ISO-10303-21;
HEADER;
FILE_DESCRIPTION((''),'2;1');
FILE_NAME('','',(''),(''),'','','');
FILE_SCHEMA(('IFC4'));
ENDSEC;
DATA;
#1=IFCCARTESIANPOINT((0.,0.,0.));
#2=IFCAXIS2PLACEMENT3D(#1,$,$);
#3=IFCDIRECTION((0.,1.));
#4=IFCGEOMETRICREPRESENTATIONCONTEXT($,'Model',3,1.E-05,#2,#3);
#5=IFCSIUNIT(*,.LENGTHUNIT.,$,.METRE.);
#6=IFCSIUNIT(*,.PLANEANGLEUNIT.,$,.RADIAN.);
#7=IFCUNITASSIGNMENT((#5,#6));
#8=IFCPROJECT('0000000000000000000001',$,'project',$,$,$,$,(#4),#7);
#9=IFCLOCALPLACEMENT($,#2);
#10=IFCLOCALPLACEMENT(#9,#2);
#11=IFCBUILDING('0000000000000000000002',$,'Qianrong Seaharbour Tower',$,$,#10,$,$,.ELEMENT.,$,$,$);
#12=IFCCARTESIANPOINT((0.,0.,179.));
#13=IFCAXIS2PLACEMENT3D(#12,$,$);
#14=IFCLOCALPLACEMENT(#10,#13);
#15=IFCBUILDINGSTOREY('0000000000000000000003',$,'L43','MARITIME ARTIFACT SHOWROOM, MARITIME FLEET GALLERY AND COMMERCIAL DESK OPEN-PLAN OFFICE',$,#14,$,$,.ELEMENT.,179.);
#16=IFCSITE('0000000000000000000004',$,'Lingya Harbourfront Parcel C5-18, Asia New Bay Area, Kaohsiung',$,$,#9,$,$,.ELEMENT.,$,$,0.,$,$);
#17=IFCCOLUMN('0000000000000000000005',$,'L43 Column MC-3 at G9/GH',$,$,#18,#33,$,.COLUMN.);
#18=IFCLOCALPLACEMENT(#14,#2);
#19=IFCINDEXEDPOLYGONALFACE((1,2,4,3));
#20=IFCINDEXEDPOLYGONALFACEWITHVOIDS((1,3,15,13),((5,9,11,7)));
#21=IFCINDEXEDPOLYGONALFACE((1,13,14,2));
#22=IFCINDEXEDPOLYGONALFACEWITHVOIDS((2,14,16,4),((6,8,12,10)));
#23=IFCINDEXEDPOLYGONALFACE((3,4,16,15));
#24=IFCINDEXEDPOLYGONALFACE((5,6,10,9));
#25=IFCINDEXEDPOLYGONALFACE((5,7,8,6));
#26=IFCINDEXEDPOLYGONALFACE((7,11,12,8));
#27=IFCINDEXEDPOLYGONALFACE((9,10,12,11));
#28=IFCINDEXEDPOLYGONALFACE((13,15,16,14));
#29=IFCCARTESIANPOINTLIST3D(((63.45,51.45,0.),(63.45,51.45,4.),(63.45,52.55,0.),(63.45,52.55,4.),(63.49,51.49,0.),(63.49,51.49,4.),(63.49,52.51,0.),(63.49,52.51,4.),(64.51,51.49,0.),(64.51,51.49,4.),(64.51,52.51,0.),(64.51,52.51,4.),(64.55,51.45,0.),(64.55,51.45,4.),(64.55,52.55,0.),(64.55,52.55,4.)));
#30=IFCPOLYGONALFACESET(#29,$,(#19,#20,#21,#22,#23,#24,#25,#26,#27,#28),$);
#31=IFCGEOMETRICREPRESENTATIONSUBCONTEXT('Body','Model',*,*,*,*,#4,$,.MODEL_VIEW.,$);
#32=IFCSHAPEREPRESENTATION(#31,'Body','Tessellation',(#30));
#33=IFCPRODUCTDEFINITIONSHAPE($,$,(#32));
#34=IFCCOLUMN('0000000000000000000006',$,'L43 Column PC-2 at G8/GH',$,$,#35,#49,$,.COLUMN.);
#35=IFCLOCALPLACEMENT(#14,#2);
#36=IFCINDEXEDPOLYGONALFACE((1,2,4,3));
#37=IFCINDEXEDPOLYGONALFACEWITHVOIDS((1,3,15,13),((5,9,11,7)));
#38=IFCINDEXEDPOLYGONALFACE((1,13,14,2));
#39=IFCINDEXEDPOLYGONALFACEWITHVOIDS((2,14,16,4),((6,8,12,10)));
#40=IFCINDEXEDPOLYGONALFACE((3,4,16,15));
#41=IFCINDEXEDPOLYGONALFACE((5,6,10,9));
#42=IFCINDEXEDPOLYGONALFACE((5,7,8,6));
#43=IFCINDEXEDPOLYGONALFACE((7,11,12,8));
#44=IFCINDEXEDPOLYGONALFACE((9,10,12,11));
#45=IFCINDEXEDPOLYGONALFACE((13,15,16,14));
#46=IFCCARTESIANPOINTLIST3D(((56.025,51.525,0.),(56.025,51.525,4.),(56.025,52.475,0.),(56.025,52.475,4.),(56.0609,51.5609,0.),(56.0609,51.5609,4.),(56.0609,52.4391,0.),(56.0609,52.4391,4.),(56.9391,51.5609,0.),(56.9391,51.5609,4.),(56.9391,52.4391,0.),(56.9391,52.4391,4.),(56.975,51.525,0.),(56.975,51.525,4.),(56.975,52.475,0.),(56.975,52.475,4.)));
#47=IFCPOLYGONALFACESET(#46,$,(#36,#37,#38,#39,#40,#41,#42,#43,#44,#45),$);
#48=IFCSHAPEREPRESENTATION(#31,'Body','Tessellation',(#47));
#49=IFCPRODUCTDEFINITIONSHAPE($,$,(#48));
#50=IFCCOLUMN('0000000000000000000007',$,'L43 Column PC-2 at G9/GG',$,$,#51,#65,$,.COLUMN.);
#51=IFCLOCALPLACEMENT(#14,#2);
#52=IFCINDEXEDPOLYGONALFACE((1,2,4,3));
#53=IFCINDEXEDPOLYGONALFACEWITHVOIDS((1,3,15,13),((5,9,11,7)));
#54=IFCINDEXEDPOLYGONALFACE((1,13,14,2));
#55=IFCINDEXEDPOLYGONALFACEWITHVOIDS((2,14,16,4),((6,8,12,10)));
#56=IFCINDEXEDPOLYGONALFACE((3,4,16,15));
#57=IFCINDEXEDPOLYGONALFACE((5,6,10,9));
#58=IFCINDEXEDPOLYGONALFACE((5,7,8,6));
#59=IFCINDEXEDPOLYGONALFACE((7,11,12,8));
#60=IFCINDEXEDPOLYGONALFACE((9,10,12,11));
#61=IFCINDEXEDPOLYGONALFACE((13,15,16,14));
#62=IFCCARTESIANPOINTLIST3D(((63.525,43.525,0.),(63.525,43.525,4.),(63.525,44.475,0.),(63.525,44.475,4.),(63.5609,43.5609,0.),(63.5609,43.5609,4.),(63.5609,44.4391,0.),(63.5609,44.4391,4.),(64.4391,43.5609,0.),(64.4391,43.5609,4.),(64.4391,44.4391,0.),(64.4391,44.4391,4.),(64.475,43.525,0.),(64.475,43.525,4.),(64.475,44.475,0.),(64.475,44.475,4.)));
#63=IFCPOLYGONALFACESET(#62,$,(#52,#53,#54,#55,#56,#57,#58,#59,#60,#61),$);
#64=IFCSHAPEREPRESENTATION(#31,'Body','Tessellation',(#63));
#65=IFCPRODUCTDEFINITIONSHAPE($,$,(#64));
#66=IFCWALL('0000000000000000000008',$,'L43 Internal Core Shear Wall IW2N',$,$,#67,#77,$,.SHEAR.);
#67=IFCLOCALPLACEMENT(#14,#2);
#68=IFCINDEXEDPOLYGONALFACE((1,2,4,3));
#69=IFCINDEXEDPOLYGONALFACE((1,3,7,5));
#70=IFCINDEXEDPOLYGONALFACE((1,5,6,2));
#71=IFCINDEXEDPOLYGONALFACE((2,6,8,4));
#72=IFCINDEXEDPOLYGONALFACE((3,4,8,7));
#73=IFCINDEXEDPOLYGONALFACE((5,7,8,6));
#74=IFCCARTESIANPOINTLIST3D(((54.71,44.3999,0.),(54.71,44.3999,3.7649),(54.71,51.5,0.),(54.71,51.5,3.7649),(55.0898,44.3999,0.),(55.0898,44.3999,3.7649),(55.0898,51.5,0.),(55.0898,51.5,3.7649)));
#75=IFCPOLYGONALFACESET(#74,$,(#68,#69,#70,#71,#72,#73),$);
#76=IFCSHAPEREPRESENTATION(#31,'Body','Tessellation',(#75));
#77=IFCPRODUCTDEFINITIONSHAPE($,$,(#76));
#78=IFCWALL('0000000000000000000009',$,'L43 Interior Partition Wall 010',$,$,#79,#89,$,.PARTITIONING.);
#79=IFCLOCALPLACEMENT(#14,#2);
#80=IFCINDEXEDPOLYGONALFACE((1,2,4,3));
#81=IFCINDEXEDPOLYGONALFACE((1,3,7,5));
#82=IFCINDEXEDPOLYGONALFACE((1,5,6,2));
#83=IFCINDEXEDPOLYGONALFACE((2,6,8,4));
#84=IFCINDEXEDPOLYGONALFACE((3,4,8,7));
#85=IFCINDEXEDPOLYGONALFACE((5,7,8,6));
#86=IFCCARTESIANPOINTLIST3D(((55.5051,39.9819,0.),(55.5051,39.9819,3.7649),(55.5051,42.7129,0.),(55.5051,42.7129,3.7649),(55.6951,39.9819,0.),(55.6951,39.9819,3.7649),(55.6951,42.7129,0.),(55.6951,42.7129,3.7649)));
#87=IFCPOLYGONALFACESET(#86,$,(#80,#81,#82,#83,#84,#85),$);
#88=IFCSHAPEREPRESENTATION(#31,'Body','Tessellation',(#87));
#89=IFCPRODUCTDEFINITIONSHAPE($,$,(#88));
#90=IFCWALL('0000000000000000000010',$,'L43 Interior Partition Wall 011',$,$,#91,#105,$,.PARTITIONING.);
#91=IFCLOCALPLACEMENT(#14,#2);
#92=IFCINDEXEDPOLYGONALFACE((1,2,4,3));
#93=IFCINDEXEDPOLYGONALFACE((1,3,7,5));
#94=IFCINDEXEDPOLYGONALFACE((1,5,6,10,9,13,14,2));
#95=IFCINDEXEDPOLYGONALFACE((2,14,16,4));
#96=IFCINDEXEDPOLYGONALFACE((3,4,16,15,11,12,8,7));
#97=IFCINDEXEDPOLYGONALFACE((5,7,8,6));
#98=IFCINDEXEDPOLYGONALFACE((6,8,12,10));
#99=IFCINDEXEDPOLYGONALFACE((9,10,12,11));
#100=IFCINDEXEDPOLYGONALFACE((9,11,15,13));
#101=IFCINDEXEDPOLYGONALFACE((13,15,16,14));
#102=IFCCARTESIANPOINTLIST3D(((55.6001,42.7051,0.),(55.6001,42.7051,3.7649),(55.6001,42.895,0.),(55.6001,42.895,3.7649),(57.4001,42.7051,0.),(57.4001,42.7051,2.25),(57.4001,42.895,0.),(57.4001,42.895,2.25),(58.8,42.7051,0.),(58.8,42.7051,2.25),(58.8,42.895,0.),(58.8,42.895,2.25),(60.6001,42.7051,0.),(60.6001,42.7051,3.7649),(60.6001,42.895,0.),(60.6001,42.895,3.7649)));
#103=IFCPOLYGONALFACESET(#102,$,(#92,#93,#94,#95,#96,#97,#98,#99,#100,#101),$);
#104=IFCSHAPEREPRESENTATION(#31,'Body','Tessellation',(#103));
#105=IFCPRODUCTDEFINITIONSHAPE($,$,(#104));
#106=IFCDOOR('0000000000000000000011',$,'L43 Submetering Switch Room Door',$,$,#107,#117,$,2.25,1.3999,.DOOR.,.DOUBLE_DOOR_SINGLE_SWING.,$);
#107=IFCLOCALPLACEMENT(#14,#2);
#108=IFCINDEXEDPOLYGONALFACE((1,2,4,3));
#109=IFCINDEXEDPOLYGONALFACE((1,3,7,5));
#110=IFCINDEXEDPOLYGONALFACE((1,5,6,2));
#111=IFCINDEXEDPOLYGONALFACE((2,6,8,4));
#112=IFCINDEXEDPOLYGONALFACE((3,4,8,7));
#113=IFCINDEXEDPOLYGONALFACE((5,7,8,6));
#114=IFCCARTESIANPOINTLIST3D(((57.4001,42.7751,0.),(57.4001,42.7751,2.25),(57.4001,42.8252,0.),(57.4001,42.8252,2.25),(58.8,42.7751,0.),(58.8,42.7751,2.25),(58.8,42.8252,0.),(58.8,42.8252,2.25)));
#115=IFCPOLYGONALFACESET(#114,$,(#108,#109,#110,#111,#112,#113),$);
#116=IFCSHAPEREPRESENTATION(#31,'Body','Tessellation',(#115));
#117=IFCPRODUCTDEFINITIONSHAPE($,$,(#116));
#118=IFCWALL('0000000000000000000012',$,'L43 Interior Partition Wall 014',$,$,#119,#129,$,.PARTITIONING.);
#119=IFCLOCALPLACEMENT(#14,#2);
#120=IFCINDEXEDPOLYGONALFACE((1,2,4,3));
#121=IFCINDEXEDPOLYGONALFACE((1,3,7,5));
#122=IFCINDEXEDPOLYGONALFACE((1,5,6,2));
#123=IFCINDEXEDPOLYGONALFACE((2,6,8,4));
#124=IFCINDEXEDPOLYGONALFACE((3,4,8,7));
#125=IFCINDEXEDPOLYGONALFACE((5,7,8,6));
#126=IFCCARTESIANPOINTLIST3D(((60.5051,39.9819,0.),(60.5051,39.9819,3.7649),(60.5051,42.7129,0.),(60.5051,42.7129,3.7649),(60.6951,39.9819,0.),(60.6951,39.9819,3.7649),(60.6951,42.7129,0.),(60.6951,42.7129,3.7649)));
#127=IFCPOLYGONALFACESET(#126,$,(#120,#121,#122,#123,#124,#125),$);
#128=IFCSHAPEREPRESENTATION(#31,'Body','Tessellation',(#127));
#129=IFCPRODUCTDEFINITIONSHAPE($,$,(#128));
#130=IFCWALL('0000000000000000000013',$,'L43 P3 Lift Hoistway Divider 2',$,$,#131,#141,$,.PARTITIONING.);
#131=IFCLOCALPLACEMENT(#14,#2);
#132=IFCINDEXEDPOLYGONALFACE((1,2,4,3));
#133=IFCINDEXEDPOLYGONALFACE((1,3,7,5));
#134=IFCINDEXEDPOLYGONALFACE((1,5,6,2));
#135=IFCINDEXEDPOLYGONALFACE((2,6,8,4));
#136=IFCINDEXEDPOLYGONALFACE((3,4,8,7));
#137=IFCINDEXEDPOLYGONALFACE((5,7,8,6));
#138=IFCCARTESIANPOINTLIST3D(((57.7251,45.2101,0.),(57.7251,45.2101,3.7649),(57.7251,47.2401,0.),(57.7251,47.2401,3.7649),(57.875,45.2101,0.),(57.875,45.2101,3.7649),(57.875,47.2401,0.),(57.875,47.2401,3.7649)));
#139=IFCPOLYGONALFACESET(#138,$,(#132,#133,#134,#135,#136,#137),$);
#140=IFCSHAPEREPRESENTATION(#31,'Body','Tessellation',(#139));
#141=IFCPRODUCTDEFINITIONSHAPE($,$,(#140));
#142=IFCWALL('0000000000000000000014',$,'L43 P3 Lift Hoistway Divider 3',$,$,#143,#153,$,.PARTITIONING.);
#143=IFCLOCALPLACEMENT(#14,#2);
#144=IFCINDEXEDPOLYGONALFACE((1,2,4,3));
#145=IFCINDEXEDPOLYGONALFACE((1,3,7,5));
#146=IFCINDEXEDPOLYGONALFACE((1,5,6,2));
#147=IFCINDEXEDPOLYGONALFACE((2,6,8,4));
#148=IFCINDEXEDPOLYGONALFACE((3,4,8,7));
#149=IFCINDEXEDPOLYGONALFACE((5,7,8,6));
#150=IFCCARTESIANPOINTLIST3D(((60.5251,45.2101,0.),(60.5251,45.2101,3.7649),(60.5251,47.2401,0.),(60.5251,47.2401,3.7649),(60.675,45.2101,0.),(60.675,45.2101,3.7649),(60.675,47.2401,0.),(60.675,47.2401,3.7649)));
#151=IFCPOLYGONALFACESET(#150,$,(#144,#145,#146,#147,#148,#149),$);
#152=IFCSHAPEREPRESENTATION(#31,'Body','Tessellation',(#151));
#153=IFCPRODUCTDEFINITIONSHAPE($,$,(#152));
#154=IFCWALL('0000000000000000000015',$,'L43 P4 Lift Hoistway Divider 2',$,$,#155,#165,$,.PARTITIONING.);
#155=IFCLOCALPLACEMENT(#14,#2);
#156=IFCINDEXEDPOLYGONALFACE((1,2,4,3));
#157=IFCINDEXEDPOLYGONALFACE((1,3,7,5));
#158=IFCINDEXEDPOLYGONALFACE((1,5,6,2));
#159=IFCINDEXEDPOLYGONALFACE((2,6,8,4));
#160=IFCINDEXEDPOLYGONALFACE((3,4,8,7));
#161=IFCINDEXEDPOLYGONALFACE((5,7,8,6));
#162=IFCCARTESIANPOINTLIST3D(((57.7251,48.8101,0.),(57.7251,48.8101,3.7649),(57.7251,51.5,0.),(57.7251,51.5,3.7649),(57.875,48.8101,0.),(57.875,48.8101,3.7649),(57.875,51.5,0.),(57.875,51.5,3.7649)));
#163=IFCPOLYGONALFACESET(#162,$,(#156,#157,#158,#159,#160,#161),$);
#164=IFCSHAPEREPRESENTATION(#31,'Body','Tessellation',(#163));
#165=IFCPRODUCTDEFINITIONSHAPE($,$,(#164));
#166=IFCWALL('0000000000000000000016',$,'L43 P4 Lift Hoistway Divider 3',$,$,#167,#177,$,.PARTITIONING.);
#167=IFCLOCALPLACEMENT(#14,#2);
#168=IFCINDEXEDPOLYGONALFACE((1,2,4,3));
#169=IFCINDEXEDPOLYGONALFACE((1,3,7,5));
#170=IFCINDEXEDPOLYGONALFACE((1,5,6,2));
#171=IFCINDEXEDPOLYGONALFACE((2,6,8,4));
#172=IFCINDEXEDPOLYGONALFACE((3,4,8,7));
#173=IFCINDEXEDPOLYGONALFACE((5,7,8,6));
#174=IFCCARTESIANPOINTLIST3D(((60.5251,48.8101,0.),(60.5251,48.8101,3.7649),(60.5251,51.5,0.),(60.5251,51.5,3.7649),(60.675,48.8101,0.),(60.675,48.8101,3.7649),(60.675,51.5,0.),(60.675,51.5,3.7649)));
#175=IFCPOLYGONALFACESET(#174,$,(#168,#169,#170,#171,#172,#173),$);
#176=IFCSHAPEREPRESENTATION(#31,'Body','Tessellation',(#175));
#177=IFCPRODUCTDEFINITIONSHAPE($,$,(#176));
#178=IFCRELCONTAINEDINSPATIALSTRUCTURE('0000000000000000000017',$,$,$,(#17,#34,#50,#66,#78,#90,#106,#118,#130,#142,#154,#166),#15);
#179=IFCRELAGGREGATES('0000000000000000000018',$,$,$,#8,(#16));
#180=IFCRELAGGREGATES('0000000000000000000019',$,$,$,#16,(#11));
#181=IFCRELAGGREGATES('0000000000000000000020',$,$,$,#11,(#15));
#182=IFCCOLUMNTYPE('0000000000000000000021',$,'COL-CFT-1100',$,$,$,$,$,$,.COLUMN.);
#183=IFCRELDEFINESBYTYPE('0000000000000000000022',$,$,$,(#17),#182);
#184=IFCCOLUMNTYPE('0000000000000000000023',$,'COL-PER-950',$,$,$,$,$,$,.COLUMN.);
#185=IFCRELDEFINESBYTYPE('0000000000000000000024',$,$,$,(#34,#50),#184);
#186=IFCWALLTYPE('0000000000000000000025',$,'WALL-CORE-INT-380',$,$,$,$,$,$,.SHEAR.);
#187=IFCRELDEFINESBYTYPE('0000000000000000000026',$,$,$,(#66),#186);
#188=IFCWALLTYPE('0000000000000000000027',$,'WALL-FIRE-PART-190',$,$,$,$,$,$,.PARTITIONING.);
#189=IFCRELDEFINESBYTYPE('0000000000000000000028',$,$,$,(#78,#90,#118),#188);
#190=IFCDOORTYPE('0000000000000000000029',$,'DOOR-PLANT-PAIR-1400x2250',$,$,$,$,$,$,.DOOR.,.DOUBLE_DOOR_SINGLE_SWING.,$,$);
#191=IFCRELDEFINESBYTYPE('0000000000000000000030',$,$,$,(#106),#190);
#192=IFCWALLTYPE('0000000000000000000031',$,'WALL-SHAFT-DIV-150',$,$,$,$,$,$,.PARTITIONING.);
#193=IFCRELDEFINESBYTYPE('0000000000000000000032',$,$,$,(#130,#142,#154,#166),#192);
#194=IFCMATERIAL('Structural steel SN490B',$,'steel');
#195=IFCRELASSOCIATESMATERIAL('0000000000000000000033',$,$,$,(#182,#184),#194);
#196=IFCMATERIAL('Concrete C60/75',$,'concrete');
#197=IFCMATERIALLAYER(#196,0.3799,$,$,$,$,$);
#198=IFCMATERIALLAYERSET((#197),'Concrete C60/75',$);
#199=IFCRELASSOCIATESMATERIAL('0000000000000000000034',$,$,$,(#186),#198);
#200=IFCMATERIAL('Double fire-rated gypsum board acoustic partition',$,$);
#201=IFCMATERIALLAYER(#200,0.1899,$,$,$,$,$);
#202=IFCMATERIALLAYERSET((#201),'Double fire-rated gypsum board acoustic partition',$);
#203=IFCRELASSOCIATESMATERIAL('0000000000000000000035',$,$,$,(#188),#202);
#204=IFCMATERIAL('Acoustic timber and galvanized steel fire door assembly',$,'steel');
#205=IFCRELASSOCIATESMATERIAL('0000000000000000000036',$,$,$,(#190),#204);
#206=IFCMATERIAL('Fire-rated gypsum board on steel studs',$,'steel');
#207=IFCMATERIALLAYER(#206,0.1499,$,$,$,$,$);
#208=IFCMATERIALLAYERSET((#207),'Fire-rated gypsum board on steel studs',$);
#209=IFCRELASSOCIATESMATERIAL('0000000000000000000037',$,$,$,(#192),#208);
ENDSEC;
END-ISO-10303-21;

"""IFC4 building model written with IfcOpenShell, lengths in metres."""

from ifc_helpers import new_model, si_unit, direction, frame, frame_2d, origin, origin_2d, place, context, subcontext, project, spatial, rectangle, hollow_rectangle, extrude, material, layer, layer_set, material_profile, profile_set, type_object, element, fill, save


model = new_model("IFC4")

# Units and contexts
model_context = context("Model", 3, precision=1e-05, world=origin(), true_north=direction((0.0, 1.0)))
body_context = subcontext(model_context, "Body", "Model", "MODEL_VIEW")
ifc_project = project(units=[si_unit("LENGTHUNIT", "METRE"), si_unit("PLANEANGLEUNIT", "RADIAN")], contexts=[model_context])

# Site, building, storey
site_placement = place(None, origin())
site = spatial("IfcSite", under=ifc_project, at=site_placement, Name="Lingya Harbourfront Parcel C5-18, Asia New Bay Area, Kaohsiung", CompositionType="ELEMENT", RefElevation=0.0)
building_placement = place(site_placement, origin())
building = spatial("IfcBuilding", under=site, at=building_placement, Name="Qianrong Seaharbour Tower", CompositionType="ELEMENT")
storey_placement = place(building_placement, frame((0.0, 0.0, 179.0)))
storey = spatial("IfcBuildingStorey", under=building, at=storey_placement, Name="L43", Description="MARITIME ARTIFACT SHOWROOM, MARITIME FLEET GALLERY AND COMMERCIAL DESK OPEN-PLAN OFFICE", CompositionType="ELEMENT", Elevation=179.0)

# Columns
ifc_material_1 = material(Name="Structural steel SN490B", Category="steel")
ifc_material_profile_1 = material_profile(ifc_material_1, hollow_rectangle(XDim=1.1001, YDim=1.1001, WallThickness=0.04, at=origin_2d()), Name="BOX1100x1100x40")
ifc_profile_set_1 = profile_set([ifc_material_profile_1], Name="Structural steel SN490B")
column_type_1 = type_object("IfcColumnType", Name="COL-CFT-1100", PredefinedType="COLUMN", material=ifc_profile_set_1)
column_placement = place(storey_placement, frame((64.0, 52.0, 0.0), z_axis=(0.0, 0.0, 1.0), x_axis=(1.0, 0.0, 0.0)))
element("IfcColumn", 1, at=column_placement, inside=storey, type_object=column_type_1, Name="L43 Column MC-3 at G9/GH", PredefinedType="COLUMN", context=body_context, shape_type="SweptSolid", body=[
    extrude(hollow_rectangle(XDim=1.1001, YDim=1.1001, WallThickness=0.04, at=origin_2d()), origin(), (0.0, 0.0, 1.0), 4.0),
])
ifc_material_profile_2 = material_profile(ifc_material_1, hollow_rectangle(XDim=0.95, YDim=0.95, WallThickness=0.0359, at=origin_2d()), Name="BOX950x950x36")
ifc_profile_set_2 = profile_set([ifc_material_profile_2], Name="Structural steel SN490B")
column_type_2 = type_object("IfcColumnType", Name="COL-PER-950", PredefinedType="COLUMN", material=ifc_profile_set_2)
for number, where, z_axis, x_axis, name in (
    (2, (56.5, 52.0, 0.0), (0.0, 0.0, 1.0), (1.0, 0.0, 0.0), "L43 Column PC-2 at G8/GH"),
    (3, (64.0, 44.0, 0.0), (0.0, 0.0, 1.0), (1.0, 0.0, 0.0), "L43 Column PC-2 at G9/GG"),
):
    element("IfcColumn", number, at=place(storey_placement, frame(where, z_axis=z_axis, x_axis=x_axis)), inside=storey, type_object=column_type_2, Name=name, PredefinedType="COLUMN", context=body_context, shape_type="SweptSolid", body=[
        extrude(hollow_rectangle(XDim=0.95, YDim=0.95, WallThickness=0.0359, at=origin_2d()), origin(), (0.0, 0.0, 1.0), 4.0),
    ])

# Wall
ifc_material_2 = material(Name="Concrete C60/75", Category="concrete")
ifc_layer_1 = layer(ifc_material_2, 0.3799)
ifc_layer_set_1 = layer_set([ifc_layer_1], Name="Concrete C60/75")
wall_type_1 = type_object("IfcWallType", Name="WALL-CORE-INT-380", PredefinedType="SHEAR", material=ifc_layer_set_1)
wall_1_placement = place(storey_placement, frame((54.8999, 44.3999, 0.0), z_axis=(0.0, 0.0, 1.0), x_axis=(0.0, 1.0, 0.0)))
element("IfcWall", 4, at=wall_1_placement, inside=storey, type_object=wall_type_1, Name="L43 Internal Core Shear Wall IW2N", PredefinedType="SHEAR", context=body_context, shape_type="SweptSolid", body=[
    extrude(rectangle(XDim=7.1001, YDim=0.3799, at=frame_2d((3.55, 0.0))), origin(), (0.0, 0.0, 1.0), 3.7649),
])

# Shared definitions
ifc_material_3 = material(Name="Acoustic timber and galvanized steel fire door assembly", Category="steel")

# Wall
ifc_material_4 = material(Name="Double fire-rated gypsum board acoustic partition")
ifc_layer_2 = layer(ifc_material_4, 0.1899)
ifc_layer_set_2 = layer_set([ifc_layer_2], Name="Double fire-rated gypsum board acoustic partition")
wall_type_2 = type_object("IfcWallType", Name="WALL-FIRE-PART-190", PredefinedType="PARTITIONING", material=ifc_layer_set_2)
wall_2_placement = place(storey_placement, frame((55.6001, 42.7129, 0.0), z_axis=(0.0, 0.0, 1.0), x_axis=(0.0, -1.0, 0.0)))
element("IfcWall", 5, at=wall_2_placement, inside=storey, type_object=wall_type_2, Name="L43 Interior Partition Wall 010", PredefinedType="PARTITIONING", context=body_context, shape_type="SweptSolid", body=[
    extrude(rectangle(XDim=2.731, YDim=0.1899, at=frame_2d((1.3655, 0.0))), origin(), (0.0, 0.0, 1.0), 3.7649),
])

# Wall, opening, door
wall_3_placement = place(storey_placement, frame((60.6001, 42.8, 0.0), z_axis=(0.0, 0.0, 1.0), x_axis=(-1.0, 0.0, 0.0)))
wall_3 = element("IfcWall", 6, at=wall_3_placement, inside=storey, type_object=wall_type_2, Name="L43 Interior Partition Wall 011", PredefinedType="PARTITIONING", context=body_context, shape_type="SweptSolid", body=[
    extrude(rectangle(XDim=5.0, YDim=0.1899, at=frame_2d((2.5, 0.0))), origin(), (0.0, 0.0, 1.0), 3.7649),
])
opening_1_placement = place(wall_3_placement, frame((1.8, 0.0, 0.0)))
opening_1 = element("IfcOpeningElement", 7, at=opening_1_placement, cuts=wall_3, PredefinedType="OPENING", context=body_context, shape_type="SweptSolid", body=[
    extrude(rectangle(XDim=1.3999, YDim=2.25, at=frame_2d((0.7, 1.125))), frame((0.0, 0.105, 0.0), z_axis=(0.0, -1.0, 0.0), x_axis=(1.0, 0.0, 0.0)), (0.0, 0.0, 1.0), 0.21),
])
door_type_1 = type_object("IfcDoorType", Name="DOOR-PLANT-PAIR-1400x2250", OperationType="DOUBLE_DOOR_SINGLE_SWING", PredefinedType="DOOR", material=ifc_material_3)
door_1_placement = place(opening_1_placement, origin())
door_1 = element("IfcDoor", 8, at=door_1_placement, inside=storey, type_object=door_type_1, Name="L43 Submetering Switch Room Door", OperationType="DOUBLE_DOOR_SINGLE_SWING", OverallHeight=2.25, OverallWidth=1.3999, PredefinedType="DOOR", context=body_context, shape_type="SweptSolid", body=[
    extrude(rectangle(XDim=1.3999, YDim=2.25, at=frame_2d((0.7, 1.125))), frame((0.0, 0.0249, 0.0), z_axis=(0.0, -1.0, 0.0), x_axis=(1.0, 0.0, 0.0)), (0.0, 0.0, 1.0), 0.05),
])
fill(opening_1, door_1)

# Walls
wall_4_placement = place(storey_placement, frame((60.6001, 42.7129, 0.0), z_axis=(0.0, 0.0, 1.0), x_axis=(0.0, -1.0, 0.0)))
element("IfcWall", 9, at=wall_4_placement, inside=storey, type_object=wall_type_2, Name="L43 Interior Partition Wall 014", PredefinedType="PARTITIONING", context=body_context, shape_type="SweptSolid", body=[
    extrude(rectangle(XDim=2.731, YDim=0.1899, at=frame_2d((1.3655, 0.0))), origin(), (0.0, 0.0, 1.0), 3.7649),
])
ifc_material_5 = material(Name="Fire-rated gypsum board on steel studs", Category="steel")
ifc_layer_3 = layer(ifc_material_5, 0.1499)
ifc_layer_set_3 = layer_set([ifc_layer_3], Name="Fire-rated gypsum board on steel studs")
wall_type_3 = type_object("IfcWallType", Name="WALL-SHAFT-DIV-150", PredefinedType="PARTITIONING", material=ifc_layer_set_3)
for number, where, z_axis, x_axis, name in (
    (10, (57.8, 45.21, 0.0), (0.0, 0.0, 1.0), (0.0, 1.0, 0.0), "L43 P3 Lift Hoistway Divider 2"),
    (11, (60.6001, 45.21, 0.0), (0.0, 0.0, 1.0), (0.0, 1.0, 0.0), "L43 P3 Lift Hoistway Divider 3"),
):
    element("IfcWall", number, at=place(storey_placement, frame(where, z_axis=z_axis, x_axis=x_axis)), inside=storey, type_object=wall_type_3, Name=name, PredefinedType="PARTITIONING", context=body_context, shape_type="SweptSolid", body=[
        extrude(rectangle(XDim=2.03, YDim=0.1499, at=frame_2d((1.0151, 0.0))), origin(), (0.0, 0.0, 1.0), 3.7649),
    ])
for number, where, z_axis, x_axis, name in (
    (12, (57.8, 48.8101, 0.0), (0.0, 0.0, 1.0), (0.0, 1.0, 0.0), "L43 P4 Lift Hoistway Divider 2"),
    (13, (60.6001, 48.8101, 0.0), (0.0, 0.0, 1.0), (0.0, 1.0, 0.0), "L43 P4 Lift Hoistway Divider 3"),
):
    element("IfcWall", number, at=place(storey_placement, frame(where, z_axis=z_axis, x_axis=x_axis)), inside=storey, type_object=wall_type_3, Name=name, PredefinedType="PARTITIONING", context=body_context, shape_type="SweptSolid", body=[
        extrude(rectangle(XDim=2.6899, YDim=0.1499, at=frame_2d((1.345, 0.0))), origin(), (0.0, 0.0, 1.0), 3.7649),
    ])

save(model, "model.ifc")
